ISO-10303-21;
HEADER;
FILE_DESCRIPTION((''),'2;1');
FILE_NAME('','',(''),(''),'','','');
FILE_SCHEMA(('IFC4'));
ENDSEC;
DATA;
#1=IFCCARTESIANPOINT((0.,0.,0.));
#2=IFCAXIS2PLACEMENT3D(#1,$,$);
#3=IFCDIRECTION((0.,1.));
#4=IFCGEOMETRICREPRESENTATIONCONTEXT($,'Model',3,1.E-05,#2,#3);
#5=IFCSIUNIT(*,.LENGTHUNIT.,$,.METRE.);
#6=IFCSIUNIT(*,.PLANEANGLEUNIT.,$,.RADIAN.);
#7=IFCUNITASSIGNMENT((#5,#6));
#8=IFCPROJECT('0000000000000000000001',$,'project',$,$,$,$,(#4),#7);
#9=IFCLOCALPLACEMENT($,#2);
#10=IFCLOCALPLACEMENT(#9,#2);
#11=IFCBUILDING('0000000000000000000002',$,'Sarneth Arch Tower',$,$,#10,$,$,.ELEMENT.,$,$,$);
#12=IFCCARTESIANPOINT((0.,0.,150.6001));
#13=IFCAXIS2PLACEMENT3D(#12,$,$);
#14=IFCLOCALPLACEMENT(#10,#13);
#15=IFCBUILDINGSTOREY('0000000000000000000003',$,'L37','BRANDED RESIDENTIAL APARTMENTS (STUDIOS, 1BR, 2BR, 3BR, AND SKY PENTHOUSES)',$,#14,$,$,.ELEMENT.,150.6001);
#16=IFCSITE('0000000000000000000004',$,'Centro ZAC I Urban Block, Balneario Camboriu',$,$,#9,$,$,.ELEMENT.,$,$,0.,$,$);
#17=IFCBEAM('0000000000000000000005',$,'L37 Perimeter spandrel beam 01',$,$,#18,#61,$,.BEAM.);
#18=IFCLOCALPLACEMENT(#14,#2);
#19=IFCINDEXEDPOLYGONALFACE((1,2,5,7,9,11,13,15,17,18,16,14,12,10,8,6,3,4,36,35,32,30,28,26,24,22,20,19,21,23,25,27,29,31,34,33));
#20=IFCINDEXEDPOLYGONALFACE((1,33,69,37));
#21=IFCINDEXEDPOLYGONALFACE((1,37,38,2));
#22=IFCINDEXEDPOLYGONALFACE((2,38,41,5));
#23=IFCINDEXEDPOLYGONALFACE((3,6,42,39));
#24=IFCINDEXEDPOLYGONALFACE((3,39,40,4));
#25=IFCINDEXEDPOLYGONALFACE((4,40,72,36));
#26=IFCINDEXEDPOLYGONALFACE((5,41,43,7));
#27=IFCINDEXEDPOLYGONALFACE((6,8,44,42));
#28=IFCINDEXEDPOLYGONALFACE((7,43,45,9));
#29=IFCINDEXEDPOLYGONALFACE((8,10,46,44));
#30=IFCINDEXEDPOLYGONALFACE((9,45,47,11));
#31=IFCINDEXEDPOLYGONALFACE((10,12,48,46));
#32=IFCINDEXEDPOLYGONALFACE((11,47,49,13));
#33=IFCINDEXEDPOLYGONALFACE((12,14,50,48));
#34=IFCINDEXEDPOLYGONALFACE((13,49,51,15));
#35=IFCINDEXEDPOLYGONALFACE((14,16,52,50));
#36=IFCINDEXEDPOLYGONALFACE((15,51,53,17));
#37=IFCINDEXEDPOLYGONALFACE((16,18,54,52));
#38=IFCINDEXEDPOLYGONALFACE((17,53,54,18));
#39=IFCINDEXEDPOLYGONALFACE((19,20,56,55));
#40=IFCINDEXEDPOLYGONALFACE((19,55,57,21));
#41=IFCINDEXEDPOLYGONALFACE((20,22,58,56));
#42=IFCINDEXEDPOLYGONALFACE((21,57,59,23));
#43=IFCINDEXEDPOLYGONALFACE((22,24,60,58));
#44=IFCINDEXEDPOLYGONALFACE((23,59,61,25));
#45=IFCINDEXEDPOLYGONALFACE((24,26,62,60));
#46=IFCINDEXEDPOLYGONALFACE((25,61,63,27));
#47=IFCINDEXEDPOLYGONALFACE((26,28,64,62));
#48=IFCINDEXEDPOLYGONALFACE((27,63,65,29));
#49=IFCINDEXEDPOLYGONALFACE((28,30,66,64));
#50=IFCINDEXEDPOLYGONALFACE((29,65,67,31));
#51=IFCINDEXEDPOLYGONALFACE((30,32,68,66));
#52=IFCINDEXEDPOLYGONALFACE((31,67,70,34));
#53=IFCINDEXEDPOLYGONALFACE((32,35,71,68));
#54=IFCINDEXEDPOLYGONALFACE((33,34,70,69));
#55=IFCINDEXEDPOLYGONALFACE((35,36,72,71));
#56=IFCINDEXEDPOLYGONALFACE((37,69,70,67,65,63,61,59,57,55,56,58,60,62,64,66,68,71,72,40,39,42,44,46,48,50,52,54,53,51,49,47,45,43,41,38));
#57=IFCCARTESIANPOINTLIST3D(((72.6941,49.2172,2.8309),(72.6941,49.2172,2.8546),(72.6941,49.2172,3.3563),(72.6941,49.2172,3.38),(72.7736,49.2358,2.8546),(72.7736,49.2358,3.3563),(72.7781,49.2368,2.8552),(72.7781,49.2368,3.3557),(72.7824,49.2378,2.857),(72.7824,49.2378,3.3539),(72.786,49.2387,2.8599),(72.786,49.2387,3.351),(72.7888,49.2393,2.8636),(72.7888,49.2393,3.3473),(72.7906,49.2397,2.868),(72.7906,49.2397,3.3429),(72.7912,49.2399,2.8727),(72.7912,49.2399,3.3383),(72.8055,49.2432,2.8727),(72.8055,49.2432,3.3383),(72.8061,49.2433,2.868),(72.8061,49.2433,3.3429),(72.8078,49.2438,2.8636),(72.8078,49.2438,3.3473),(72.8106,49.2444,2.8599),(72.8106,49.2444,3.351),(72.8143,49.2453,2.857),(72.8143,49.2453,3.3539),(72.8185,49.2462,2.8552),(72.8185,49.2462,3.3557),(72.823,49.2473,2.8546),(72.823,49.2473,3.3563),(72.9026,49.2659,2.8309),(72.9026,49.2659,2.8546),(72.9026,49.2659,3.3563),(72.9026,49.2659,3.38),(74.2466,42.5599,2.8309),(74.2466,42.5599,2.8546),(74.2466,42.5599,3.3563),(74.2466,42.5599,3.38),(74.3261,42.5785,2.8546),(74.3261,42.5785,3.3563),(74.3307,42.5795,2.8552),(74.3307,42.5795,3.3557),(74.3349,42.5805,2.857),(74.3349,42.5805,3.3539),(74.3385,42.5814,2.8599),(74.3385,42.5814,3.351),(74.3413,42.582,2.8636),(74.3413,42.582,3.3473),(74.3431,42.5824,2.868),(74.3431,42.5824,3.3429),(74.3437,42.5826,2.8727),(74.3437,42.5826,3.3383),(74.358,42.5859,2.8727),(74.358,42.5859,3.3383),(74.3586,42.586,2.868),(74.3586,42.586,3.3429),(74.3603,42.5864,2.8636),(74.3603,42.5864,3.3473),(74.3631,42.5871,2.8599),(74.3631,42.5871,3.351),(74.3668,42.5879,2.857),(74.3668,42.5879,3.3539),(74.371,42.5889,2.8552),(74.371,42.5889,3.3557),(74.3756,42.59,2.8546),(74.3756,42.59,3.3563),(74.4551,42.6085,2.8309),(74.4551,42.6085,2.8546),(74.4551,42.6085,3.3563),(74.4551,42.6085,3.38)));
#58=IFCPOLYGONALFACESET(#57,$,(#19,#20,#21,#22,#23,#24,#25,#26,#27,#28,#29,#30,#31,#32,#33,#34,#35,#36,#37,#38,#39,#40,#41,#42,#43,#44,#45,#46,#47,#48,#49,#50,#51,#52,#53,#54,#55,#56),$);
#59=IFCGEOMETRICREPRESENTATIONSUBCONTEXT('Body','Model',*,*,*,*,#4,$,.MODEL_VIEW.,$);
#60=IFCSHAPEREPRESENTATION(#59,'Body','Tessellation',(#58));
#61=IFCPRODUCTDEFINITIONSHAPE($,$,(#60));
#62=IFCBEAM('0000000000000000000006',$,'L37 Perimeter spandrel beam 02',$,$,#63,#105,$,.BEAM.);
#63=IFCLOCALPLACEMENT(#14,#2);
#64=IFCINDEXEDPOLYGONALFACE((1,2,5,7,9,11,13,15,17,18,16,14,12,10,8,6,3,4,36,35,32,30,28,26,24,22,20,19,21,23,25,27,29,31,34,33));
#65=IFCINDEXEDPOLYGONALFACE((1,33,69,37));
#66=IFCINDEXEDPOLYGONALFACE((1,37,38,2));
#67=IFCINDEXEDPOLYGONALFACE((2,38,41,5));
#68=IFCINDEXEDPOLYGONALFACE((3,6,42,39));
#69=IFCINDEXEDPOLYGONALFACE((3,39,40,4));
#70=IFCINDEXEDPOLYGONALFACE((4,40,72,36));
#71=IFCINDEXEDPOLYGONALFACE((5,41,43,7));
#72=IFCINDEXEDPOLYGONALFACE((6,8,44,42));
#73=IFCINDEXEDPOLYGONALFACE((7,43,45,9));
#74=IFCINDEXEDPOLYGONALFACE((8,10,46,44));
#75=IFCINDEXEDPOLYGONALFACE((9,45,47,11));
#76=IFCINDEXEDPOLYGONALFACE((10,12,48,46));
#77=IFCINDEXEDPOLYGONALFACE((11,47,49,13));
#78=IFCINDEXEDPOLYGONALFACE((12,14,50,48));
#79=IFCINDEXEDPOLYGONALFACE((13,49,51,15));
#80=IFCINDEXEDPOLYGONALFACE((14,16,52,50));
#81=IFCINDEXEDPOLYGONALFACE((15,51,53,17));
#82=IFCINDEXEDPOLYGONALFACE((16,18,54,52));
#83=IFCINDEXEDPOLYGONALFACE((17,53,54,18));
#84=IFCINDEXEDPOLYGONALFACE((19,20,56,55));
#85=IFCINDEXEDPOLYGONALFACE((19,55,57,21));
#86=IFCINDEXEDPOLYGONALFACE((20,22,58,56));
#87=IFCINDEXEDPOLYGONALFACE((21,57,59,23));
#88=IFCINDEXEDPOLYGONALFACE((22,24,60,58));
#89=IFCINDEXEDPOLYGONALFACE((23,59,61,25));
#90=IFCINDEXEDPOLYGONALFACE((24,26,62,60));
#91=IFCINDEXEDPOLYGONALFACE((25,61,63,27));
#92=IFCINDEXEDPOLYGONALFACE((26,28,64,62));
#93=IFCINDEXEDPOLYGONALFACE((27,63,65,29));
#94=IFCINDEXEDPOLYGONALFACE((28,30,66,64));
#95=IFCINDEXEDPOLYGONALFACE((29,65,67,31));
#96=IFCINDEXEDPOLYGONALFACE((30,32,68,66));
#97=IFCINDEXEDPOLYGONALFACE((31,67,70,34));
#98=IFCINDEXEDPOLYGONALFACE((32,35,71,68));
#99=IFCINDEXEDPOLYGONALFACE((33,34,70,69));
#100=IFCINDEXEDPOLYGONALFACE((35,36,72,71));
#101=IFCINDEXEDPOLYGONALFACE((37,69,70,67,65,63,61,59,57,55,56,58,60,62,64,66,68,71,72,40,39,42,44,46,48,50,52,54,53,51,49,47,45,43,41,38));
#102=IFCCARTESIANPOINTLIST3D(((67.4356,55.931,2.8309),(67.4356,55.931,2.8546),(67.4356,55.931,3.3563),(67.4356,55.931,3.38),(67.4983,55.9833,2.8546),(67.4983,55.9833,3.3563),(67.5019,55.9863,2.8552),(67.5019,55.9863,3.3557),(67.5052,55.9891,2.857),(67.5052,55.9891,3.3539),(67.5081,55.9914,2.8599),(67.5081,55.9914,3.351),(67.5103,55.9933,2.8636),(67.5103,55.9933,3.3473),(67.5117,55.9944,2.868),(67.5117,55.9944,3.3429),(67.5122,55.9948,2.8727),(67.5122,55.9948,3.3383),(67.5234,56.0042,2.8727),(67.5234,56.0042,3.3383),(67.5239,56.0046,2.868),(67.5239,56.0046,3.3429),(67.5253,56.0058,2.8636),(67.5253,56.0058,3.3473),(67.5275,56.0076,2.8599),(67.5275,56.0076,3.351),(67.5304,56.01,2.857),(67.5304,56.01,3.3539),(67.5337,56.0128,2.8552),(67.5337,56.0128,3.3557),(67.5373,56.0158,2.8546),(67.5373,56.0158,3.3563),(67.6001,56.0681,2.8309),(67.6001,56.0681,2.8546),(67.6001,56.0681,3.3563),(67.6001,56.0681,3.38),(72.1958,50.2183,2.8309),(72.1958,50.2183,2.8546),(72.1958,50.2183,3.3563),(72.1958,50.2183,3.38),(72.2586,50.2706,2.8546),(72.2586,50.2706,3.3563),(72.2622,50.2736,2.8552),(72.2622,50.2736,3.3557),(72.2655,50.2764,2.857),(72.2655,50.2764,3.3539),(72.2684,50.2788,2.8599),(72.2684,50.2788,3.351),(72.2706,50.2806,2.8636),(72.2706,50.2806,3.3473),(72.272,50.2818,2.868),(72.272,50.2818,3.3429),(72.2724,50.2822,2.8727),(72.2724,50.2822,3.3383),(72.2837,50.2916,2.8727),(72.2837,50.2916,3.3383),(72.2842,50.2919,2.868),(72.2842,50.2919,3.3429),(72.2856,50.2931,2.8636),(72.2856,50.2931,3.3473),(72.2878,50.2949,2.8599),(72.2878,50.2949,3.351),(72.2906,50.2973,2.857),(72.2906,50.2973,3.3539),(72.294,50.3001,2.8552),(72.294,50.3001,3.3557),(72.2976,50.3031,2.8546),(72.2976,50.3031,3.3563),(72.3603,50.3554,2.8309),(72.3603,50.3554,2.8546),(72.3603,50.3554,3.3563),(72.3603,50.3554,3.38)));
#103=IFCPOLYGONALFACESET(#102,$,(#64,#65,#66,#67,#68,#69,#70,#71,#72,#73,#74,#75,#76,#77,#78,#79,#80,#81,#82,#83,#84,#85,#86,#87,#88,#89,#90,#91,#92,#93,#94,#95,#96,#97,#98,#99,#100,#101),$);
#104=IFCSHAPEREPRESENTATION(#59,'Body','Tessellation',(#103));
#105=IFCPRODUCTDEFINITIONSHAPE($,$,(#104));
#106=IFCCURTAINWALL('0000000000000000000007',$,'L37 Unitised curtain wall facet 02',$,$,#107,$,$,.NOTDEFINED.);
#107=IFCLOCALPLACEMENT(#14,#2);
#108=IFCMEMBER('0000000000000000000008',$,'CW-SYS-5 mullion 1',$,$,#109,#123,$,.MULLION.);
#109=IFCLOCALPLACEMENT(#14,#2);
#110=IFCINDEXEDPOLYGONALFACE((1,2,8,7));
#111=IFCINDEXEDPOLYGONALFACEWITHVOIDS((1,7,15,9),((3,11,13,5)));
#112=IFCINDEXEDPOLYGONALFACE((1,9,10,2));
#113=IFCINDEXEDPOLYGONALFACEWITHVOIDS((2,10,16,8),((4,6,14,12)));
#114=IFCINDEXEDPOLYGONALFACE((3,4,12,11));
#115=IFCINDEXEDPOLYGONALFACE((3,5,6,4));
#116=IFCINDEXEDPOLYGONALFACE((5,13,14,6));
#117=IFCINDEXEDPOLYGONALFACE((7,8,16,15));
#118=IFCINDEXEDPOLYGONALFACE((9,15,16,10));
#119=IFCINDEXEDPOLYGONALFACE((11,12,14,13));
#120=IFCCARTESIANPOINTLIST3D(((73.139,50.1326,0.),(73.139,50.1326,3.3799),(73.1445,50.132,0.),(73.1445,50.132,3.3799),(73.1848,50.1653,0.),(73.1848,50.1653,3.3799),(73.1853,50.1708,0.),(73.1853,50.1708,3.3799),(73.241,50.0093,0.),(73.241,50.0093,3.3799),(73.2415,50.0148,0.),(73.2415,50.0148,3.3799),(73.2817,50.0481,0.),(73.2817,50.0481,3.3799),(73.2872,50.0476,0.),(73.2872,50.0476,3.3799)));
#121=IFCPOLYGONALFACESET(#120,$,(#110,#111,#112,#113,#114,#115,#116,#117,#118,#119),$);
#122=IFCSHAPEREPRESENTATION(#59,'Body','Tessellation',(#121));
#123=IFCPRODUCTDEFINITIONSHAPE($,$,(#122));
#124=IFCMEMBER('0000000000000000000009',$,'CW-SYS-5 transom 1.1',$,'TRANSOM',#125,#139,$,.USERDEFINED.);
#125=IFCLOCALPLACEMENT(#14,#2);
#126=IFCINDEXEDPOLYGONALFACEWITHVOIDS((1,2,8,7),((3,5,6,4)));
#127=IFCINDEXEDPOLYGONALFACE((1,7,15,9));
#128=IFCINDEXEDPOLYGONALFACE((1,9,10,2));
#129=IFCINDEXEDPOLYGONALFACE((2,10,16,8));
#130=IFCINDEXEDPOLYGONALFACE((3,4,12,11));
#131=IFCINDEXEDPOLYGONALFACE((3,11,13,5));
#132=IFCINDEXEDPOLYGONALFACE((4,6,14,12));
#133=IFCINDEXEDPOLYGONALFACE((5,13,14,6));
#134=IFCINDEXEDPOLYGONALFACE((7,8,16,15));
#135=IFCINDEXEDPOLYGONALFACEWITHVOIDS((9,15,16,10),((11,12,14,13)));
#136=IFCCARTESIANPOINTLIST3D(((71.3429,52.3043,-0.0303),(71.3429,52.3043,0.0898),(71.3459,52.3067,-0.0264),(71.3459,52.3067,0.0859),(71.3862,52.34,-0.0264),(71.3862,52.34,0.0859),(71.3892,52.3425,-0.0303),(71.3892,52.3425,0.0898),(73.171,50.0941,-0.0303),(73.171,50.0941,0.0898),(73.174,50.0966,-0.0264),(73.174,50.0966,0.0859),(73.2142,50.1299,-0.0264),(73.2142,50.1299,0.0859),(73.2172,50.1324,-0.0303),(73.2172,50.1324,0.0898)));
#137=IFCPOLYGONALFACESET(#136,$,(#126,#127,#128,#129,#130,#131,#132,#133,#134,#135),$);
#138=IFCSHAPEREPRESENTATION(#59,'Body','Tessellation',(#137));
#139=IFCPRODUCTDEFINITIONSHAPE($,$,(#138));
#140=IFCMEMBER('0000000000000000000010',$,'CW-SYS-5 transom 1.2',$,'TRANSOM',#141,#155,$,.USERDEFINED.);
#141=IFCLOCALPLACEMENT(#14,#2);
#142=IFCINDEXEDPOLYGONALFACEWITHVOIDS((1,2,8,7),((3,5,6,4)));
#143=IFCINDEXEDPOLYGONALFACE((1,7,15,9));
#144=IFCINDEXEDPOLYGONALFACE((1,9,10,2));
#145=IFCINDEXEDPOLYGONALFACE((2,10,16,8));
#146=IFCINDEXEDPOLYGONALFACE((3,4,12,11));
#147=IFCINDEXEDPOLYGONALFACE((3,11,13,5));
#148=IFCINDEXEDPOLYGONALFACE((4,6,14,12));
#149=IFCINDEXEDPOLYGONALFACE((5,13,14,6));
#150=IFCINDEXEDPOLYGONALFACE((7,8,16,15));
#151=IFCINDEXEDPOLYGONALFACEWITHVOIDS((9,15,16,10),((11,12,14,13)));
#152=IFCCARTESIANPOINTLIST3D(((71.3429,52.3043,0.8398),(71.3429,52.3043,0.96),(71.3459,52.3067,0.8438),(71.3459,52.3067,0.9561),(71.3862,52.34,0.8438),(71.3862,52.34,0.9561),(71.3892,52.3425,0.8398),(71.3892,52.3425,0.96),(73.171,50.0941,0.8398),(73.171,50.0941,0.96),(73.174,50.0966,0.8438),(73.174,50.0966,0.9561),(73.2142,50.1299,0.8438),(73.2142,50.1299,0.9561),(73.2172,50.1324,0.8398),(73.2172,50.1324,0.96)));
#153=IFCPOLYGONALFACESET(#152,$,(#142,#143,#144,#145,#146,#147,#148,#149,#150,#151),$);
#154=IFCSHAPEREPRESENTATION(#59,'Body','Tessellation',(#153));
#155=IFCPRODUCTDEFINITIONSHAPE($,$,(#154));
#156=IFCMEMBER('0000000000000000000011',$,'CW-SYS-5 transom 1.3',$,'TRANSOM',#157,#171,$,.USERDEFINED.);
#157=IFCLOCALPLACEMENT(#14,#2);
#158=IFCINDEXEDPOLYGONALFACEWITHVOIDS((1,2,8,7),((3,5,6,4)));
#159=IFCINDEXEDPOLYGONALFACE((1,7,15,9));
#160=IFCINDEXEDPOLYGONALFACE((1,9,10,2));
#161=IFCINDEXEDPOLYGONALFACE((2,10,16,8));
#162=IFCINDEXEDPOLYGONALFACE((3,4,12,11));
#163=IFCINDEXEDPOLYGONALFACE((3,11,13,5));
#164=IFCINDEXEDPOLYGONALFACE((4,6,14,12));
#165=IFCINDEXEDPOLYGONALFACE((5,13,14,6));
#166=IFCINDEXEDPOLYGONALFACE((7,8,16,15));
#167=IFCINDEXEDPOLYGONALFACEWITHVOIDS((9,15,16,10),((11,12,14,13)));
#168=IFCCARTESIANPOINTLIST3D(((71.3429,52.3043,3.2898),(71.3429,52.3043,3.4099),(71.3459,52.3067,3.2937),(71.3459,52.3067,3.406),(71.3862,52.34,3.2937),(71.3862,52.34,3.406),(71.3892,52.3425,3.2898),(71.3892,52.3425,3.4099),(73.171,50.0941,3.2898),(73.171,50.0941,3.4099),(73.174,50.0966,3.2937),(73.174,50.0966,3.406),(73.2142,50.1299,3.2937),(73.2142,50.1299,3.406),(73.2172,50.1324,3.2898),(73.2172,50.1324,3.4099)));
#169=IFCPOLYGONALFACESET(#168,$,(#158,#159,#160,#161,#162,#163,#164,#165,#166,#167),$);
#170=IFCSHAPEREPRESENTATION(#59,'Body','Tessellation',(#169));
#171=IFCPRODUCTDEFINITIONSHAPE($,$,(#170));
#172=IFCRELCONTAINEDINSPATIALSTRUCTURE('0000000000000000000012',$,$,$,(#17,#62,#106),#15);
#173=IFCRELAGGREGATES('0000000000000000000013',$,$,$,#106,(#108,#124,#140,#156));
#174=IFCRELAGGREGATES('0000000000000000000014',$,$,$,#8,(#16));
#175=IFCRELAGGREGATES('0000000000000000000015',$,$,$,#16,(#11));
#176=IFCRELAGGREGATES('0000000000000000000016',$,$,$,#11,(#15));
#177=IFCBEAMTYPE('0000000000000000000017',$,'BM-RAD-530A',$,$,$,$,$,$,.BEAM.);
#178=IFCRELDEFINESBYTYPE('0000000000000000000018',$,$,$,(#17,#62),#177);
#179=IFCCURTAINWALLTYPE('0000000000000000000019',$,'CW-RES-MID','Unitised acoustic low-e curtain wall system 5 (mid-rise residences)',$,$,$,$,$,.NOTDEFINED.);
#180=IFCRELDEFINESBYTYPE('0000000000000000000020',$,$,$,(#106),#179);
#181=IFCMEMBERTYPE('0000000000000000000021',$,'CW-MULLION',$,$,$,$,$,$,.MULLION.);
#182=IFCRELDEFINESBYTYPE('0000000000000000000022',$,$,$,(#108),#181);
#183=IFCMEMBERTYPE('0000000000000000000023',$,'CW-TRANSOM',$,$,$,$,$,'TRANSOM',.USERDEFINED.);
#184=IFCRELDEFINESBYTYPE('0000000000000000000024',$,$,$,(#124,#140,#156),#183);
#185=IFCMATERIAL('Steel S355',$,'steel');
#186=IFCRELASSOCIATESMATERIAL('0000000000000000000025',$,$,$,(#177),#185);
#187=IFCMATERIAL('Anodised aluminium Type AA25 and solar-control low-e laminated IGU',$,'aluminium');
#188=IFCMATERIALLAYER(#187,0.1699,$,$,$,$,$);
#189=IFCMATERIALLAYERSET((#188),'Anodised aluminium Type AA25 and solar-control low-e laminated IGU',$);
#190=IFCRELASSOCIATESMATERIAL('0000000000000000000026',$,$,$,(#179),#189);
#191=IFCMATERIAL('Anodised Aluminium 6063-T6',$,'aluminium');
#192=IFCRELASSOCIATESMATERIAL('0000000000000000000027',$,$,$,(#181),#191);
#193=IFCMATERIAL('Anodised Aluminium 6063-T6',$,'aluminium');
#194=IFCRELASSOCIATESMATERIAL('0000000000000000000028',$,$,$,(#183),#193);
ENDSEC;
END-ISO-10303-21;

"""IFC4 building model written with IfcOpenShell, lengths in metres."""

from ifc_helpers import new_model, si_unit, direction, frame, origin, origin_2d, place, context, subcontext, project, spatial, hollow_rectangle, i_section, extrude, material, layer, layer_set, material_profile, profile_set, type_object, element, aggregate, save


model = new_model("IFC4")

# Units and contexts
model_context = context("Model", 3, precision=1e-05, world=origin(), true_north=direction((0.0, 1.0)))
body_context = subcontext(model_context, "Body", "Model", "MODEL_VIEW")
ifc_project = project(units=[si_unit("LENGTHUNIT", "METRE"), si_unit("PLANEANGLEUNIT", "RADIAN")], contexts=[model_context])

# Site, building, storey
site_placement = place(None, origin())
site = spatial("IfcSite", under=ifc_project, at=site_placement, Name="Centro ZAC I Urban Block, Balneario Camboriu", CompositionType="ELEMENT", RefElevation=0.0)
building_placement = place(site_placement, origin())
building = spatial("IfcBuilding", under=site, at=building_placement, Name="Sarneth Arch Tower", CompositionType="ELEMENT")
storey_placement = place(building_placement, frame((0.0, 0.0, 150.6001)))
storey = spatial("IfcBuildingStorey", under=building, at=storey_placement, Name="L37", Description="BRANDED RESIDENTIAL APARTMENTS (STUDIOS, 1BR, 2BR, 3BR, AND SKY PENTHOUSES)", CompositionType="ELEMENT", Elevation=150.6001)

# Beams
ifc_material_1 = material(Name="Steel S355", Category="steel")
ifc_material_profile_1 = material_profile(ifc_material_1, i_section(OverallWidth=0.2141, OverallDepth=0.5491, WebThickness=0.0146, FlangeThickness=0.0237, FilletRadius=0.0181, at=origin_2d()), Name="W530x138")
ifc_profile_set_1 = profile_set([ifc_material_profile_1], Name="Steel S355")
beam_type = type_object("IfcBeamType", Name="BM-RAD-530A", PredefinedType="BEAM", material=ifc_profile_set_1)
beam_1_placement = place(storey_placement, frame((74.3508, 42.5842, 3.1055), z_axis=(-0.22711, 0.973869, 0.0), x_axis=(-0.973869, -0.22711, 0.0)))
element("IfcBeam", 1, at=beam_1_placement, inside=storey, type_object=beam_type, Name="L37 Perimeter spandrel beam 01", PredefinedType="BEAM", context=body_context, shape_type="SweptSolid", body=[
    extrude(i_section(OverallWidth=0.2141, OverallDepth=0.5491, WebThickness=0.0146, FlangeThickness=0.0237, FilletRadius=0.0181, at=origin_2d()), origin(), (0.0, 0.0, 1.0), 6.8359),
])
beam_2_placement = place(storey_placement, frame((72.2781, 50.2869, 3.1055), z_axis=(-0.640162, 0.76824, 0.0), x_axis=(-0.76824, -0.640162, 0.0)))
element("IfcBeam", 2, at=beam_2_placement, inside=storey, type_object=beam_type, Name="L37 Perimeter spandrel beam 02", PredefinedType="BEAM", context=body_context, shape_type="SweptSolid", body=[
    extrude(i_section(OverallWidth=0.2141, OverallDepth=0.5491, WebThickness=0.0146, FlangeThickness=0.0237, FilletRadius=0.0181, at=origin_2d()), origin(), (0.0, 0.0, 1.0), 7.436),
])

# Curtain wall, members
ifc_material_2 = material(Name="Anodised aluminium Type AA25 and solar-control low-e laminated IGU", Category="aluminium")
ifc_layer_1 = layer(ifc_material_2, 0.1699)
ifc_layer_set_1 = layer_set([ifc_layer_1], Name="Anodised aluminium Type AA25 and solar-control low-e laminated IGU")
curtain_wall_type = type_object("IfcCurtainWallType", Name="CW-RES-MID", Description="Unitised acoustic low-e curtain wall system 5 (mid-rise residences)", PredefinedType="NOTDEFINED", material=ifc_layer_set_1)
curtain_wall_placement = place(storey_placement, origin())
curtain_wall = element("IfcCurtainWall", 3, at=curtain_wall_placement, inside=storey, type_object=curtain_wall_type, Name="L37 Unitised curtain wall facet 02", PredefinedType="NOTDEFINED")
ifc_material_3 = material(Name="Anodised Aluminium 6063-T6", Category="aluminium")
ifc_material_profile_2 = material_profile(ifc_material_3, hollow_rectangle(XDim=0.0601, YDim=0.1599, WallThickness=0.0039, at=origin_2d()), Name="AL-MULL-160x60x4")
ifc_profile_set_2 = profile_set([ifc_material_profile_2], Name="Anodised Aluminium 6063-T6")
member_type_1 = type_object("IfcMemberType", Name="CW-MULLION", PredefinedType="MULLION", material=ifc_profile_set_2)
member_1_placement = place(storey_placement, frame((73.2131, 50.0901, 0.0), z_axis=(0.0, 0.0, 1.0), x_axis=(-0.770591, -0.63733, 0.0)))
member_1 = element("IfcMember", 4, at=member_1_placement, type_object=member_type_1, Name="CW-SYS-5 mullion 1", PredefinedType="MULLION", context=body_context, shape_type="SweptSolid", body=[
    extrude(hollow_rectangle(XDim=0.0601, YDim=0.1599, WallThickness=0.0039, at=origin_2d()), origin(), (0.0, 0.0, 1.0), 3.3799),
])
ifc_material_4 = material(Name="Anodised Aluminium 6063-T6", Category="aluminium")
ifc_material_profile_3 = material_profile(ifc_material_4, hollow_rectangle(XDim=0.0601, YDim=0.1201, WallThickness=0.0039, at=origin_2d()), Name="AL-TRAN-120x60x4")
ifc_profile_set_3 = profile_set([ifc_material_profile_3], Name="Anodised Aluminium 6063-T6")
member_type_2 = type_object("IfcMemberType", Name="CW-TRANSOM", ElementType="TRANSOM", PredefinedType="USERDEFINED", material=ifc_profile_set_3)
member_2_placement = place(storey_placement, frame((73.1941, 50.1133, 0.0298), z_axis=(-0.637359, 0.770567, 0.0), x_axis=(-0.770567, -0.637359, 0.0)))
member_2 = element("IfcMember", 5, at=member_2_placement, type_object=member_type_2, Name="CW-SYS-5 transom 1.1", ObjectType="TRANSOM", PredefinedType="USERDEFINED", context=body_context, shape_type="SweptSolid", body=[
    extrude(hollow_rectangle(XDim=0.0601, YDim=0.1201, WallThickness=0.0039, at=origin_2d()), origin(), (0.0, 0.0, 1.0), 2.8682),
])
member_3_placement = place(storey_placement, frame((73.1941, 50.1133, 0.8999), z_axis=(-0.637359, 0.770567, 0.0), x_axis=(-0.770567, -0.637359, 0.0)))
member_3 = element("IfcMember", 6, at=member_3_placement, type_object=member_type_2, Name="CW-SYS-5 transom 1.2", ObjectType="TRANSOM", PredefinedType="USERDEFINED", context=body_context, shape_type="SweptSolid", body=[
    extrude(hollow_rectangle(XDim=0.0601, YDim=0.1201, WallThickness=0.0039, at=origin_2d()), origin(), (0.0, 0.0, 1.0), 2.8682),
])
member_4_placement = place(storey_placement, frame((73.1941, 50.1133, 3.3499), z_axis=(-0.637359, 0.770567, 0.0), x_axis=(-0.770567, -0.637359, 0.0)))
member_4 = element("IfcMember", 7, at=member_4_placement, type_object=member_type_2, Name="CW-SYS-5 transom 1.3", ObjectType="TRANSOM", PredefinedType="USERDEFINED", context=body_context, shape_type="SweptSolid", body=[
    extrude(hollow_rectangle(XDim=0.0601, YDim=0.1201, WallThickness=0.0039, at=origin_2d()), origin(), (0.0, 0.0, 1.0), 2.8682),
])
aggregate(curtain_wall, [member_1, member_2, member_3, member_4])

save(model, "model.ifc")
